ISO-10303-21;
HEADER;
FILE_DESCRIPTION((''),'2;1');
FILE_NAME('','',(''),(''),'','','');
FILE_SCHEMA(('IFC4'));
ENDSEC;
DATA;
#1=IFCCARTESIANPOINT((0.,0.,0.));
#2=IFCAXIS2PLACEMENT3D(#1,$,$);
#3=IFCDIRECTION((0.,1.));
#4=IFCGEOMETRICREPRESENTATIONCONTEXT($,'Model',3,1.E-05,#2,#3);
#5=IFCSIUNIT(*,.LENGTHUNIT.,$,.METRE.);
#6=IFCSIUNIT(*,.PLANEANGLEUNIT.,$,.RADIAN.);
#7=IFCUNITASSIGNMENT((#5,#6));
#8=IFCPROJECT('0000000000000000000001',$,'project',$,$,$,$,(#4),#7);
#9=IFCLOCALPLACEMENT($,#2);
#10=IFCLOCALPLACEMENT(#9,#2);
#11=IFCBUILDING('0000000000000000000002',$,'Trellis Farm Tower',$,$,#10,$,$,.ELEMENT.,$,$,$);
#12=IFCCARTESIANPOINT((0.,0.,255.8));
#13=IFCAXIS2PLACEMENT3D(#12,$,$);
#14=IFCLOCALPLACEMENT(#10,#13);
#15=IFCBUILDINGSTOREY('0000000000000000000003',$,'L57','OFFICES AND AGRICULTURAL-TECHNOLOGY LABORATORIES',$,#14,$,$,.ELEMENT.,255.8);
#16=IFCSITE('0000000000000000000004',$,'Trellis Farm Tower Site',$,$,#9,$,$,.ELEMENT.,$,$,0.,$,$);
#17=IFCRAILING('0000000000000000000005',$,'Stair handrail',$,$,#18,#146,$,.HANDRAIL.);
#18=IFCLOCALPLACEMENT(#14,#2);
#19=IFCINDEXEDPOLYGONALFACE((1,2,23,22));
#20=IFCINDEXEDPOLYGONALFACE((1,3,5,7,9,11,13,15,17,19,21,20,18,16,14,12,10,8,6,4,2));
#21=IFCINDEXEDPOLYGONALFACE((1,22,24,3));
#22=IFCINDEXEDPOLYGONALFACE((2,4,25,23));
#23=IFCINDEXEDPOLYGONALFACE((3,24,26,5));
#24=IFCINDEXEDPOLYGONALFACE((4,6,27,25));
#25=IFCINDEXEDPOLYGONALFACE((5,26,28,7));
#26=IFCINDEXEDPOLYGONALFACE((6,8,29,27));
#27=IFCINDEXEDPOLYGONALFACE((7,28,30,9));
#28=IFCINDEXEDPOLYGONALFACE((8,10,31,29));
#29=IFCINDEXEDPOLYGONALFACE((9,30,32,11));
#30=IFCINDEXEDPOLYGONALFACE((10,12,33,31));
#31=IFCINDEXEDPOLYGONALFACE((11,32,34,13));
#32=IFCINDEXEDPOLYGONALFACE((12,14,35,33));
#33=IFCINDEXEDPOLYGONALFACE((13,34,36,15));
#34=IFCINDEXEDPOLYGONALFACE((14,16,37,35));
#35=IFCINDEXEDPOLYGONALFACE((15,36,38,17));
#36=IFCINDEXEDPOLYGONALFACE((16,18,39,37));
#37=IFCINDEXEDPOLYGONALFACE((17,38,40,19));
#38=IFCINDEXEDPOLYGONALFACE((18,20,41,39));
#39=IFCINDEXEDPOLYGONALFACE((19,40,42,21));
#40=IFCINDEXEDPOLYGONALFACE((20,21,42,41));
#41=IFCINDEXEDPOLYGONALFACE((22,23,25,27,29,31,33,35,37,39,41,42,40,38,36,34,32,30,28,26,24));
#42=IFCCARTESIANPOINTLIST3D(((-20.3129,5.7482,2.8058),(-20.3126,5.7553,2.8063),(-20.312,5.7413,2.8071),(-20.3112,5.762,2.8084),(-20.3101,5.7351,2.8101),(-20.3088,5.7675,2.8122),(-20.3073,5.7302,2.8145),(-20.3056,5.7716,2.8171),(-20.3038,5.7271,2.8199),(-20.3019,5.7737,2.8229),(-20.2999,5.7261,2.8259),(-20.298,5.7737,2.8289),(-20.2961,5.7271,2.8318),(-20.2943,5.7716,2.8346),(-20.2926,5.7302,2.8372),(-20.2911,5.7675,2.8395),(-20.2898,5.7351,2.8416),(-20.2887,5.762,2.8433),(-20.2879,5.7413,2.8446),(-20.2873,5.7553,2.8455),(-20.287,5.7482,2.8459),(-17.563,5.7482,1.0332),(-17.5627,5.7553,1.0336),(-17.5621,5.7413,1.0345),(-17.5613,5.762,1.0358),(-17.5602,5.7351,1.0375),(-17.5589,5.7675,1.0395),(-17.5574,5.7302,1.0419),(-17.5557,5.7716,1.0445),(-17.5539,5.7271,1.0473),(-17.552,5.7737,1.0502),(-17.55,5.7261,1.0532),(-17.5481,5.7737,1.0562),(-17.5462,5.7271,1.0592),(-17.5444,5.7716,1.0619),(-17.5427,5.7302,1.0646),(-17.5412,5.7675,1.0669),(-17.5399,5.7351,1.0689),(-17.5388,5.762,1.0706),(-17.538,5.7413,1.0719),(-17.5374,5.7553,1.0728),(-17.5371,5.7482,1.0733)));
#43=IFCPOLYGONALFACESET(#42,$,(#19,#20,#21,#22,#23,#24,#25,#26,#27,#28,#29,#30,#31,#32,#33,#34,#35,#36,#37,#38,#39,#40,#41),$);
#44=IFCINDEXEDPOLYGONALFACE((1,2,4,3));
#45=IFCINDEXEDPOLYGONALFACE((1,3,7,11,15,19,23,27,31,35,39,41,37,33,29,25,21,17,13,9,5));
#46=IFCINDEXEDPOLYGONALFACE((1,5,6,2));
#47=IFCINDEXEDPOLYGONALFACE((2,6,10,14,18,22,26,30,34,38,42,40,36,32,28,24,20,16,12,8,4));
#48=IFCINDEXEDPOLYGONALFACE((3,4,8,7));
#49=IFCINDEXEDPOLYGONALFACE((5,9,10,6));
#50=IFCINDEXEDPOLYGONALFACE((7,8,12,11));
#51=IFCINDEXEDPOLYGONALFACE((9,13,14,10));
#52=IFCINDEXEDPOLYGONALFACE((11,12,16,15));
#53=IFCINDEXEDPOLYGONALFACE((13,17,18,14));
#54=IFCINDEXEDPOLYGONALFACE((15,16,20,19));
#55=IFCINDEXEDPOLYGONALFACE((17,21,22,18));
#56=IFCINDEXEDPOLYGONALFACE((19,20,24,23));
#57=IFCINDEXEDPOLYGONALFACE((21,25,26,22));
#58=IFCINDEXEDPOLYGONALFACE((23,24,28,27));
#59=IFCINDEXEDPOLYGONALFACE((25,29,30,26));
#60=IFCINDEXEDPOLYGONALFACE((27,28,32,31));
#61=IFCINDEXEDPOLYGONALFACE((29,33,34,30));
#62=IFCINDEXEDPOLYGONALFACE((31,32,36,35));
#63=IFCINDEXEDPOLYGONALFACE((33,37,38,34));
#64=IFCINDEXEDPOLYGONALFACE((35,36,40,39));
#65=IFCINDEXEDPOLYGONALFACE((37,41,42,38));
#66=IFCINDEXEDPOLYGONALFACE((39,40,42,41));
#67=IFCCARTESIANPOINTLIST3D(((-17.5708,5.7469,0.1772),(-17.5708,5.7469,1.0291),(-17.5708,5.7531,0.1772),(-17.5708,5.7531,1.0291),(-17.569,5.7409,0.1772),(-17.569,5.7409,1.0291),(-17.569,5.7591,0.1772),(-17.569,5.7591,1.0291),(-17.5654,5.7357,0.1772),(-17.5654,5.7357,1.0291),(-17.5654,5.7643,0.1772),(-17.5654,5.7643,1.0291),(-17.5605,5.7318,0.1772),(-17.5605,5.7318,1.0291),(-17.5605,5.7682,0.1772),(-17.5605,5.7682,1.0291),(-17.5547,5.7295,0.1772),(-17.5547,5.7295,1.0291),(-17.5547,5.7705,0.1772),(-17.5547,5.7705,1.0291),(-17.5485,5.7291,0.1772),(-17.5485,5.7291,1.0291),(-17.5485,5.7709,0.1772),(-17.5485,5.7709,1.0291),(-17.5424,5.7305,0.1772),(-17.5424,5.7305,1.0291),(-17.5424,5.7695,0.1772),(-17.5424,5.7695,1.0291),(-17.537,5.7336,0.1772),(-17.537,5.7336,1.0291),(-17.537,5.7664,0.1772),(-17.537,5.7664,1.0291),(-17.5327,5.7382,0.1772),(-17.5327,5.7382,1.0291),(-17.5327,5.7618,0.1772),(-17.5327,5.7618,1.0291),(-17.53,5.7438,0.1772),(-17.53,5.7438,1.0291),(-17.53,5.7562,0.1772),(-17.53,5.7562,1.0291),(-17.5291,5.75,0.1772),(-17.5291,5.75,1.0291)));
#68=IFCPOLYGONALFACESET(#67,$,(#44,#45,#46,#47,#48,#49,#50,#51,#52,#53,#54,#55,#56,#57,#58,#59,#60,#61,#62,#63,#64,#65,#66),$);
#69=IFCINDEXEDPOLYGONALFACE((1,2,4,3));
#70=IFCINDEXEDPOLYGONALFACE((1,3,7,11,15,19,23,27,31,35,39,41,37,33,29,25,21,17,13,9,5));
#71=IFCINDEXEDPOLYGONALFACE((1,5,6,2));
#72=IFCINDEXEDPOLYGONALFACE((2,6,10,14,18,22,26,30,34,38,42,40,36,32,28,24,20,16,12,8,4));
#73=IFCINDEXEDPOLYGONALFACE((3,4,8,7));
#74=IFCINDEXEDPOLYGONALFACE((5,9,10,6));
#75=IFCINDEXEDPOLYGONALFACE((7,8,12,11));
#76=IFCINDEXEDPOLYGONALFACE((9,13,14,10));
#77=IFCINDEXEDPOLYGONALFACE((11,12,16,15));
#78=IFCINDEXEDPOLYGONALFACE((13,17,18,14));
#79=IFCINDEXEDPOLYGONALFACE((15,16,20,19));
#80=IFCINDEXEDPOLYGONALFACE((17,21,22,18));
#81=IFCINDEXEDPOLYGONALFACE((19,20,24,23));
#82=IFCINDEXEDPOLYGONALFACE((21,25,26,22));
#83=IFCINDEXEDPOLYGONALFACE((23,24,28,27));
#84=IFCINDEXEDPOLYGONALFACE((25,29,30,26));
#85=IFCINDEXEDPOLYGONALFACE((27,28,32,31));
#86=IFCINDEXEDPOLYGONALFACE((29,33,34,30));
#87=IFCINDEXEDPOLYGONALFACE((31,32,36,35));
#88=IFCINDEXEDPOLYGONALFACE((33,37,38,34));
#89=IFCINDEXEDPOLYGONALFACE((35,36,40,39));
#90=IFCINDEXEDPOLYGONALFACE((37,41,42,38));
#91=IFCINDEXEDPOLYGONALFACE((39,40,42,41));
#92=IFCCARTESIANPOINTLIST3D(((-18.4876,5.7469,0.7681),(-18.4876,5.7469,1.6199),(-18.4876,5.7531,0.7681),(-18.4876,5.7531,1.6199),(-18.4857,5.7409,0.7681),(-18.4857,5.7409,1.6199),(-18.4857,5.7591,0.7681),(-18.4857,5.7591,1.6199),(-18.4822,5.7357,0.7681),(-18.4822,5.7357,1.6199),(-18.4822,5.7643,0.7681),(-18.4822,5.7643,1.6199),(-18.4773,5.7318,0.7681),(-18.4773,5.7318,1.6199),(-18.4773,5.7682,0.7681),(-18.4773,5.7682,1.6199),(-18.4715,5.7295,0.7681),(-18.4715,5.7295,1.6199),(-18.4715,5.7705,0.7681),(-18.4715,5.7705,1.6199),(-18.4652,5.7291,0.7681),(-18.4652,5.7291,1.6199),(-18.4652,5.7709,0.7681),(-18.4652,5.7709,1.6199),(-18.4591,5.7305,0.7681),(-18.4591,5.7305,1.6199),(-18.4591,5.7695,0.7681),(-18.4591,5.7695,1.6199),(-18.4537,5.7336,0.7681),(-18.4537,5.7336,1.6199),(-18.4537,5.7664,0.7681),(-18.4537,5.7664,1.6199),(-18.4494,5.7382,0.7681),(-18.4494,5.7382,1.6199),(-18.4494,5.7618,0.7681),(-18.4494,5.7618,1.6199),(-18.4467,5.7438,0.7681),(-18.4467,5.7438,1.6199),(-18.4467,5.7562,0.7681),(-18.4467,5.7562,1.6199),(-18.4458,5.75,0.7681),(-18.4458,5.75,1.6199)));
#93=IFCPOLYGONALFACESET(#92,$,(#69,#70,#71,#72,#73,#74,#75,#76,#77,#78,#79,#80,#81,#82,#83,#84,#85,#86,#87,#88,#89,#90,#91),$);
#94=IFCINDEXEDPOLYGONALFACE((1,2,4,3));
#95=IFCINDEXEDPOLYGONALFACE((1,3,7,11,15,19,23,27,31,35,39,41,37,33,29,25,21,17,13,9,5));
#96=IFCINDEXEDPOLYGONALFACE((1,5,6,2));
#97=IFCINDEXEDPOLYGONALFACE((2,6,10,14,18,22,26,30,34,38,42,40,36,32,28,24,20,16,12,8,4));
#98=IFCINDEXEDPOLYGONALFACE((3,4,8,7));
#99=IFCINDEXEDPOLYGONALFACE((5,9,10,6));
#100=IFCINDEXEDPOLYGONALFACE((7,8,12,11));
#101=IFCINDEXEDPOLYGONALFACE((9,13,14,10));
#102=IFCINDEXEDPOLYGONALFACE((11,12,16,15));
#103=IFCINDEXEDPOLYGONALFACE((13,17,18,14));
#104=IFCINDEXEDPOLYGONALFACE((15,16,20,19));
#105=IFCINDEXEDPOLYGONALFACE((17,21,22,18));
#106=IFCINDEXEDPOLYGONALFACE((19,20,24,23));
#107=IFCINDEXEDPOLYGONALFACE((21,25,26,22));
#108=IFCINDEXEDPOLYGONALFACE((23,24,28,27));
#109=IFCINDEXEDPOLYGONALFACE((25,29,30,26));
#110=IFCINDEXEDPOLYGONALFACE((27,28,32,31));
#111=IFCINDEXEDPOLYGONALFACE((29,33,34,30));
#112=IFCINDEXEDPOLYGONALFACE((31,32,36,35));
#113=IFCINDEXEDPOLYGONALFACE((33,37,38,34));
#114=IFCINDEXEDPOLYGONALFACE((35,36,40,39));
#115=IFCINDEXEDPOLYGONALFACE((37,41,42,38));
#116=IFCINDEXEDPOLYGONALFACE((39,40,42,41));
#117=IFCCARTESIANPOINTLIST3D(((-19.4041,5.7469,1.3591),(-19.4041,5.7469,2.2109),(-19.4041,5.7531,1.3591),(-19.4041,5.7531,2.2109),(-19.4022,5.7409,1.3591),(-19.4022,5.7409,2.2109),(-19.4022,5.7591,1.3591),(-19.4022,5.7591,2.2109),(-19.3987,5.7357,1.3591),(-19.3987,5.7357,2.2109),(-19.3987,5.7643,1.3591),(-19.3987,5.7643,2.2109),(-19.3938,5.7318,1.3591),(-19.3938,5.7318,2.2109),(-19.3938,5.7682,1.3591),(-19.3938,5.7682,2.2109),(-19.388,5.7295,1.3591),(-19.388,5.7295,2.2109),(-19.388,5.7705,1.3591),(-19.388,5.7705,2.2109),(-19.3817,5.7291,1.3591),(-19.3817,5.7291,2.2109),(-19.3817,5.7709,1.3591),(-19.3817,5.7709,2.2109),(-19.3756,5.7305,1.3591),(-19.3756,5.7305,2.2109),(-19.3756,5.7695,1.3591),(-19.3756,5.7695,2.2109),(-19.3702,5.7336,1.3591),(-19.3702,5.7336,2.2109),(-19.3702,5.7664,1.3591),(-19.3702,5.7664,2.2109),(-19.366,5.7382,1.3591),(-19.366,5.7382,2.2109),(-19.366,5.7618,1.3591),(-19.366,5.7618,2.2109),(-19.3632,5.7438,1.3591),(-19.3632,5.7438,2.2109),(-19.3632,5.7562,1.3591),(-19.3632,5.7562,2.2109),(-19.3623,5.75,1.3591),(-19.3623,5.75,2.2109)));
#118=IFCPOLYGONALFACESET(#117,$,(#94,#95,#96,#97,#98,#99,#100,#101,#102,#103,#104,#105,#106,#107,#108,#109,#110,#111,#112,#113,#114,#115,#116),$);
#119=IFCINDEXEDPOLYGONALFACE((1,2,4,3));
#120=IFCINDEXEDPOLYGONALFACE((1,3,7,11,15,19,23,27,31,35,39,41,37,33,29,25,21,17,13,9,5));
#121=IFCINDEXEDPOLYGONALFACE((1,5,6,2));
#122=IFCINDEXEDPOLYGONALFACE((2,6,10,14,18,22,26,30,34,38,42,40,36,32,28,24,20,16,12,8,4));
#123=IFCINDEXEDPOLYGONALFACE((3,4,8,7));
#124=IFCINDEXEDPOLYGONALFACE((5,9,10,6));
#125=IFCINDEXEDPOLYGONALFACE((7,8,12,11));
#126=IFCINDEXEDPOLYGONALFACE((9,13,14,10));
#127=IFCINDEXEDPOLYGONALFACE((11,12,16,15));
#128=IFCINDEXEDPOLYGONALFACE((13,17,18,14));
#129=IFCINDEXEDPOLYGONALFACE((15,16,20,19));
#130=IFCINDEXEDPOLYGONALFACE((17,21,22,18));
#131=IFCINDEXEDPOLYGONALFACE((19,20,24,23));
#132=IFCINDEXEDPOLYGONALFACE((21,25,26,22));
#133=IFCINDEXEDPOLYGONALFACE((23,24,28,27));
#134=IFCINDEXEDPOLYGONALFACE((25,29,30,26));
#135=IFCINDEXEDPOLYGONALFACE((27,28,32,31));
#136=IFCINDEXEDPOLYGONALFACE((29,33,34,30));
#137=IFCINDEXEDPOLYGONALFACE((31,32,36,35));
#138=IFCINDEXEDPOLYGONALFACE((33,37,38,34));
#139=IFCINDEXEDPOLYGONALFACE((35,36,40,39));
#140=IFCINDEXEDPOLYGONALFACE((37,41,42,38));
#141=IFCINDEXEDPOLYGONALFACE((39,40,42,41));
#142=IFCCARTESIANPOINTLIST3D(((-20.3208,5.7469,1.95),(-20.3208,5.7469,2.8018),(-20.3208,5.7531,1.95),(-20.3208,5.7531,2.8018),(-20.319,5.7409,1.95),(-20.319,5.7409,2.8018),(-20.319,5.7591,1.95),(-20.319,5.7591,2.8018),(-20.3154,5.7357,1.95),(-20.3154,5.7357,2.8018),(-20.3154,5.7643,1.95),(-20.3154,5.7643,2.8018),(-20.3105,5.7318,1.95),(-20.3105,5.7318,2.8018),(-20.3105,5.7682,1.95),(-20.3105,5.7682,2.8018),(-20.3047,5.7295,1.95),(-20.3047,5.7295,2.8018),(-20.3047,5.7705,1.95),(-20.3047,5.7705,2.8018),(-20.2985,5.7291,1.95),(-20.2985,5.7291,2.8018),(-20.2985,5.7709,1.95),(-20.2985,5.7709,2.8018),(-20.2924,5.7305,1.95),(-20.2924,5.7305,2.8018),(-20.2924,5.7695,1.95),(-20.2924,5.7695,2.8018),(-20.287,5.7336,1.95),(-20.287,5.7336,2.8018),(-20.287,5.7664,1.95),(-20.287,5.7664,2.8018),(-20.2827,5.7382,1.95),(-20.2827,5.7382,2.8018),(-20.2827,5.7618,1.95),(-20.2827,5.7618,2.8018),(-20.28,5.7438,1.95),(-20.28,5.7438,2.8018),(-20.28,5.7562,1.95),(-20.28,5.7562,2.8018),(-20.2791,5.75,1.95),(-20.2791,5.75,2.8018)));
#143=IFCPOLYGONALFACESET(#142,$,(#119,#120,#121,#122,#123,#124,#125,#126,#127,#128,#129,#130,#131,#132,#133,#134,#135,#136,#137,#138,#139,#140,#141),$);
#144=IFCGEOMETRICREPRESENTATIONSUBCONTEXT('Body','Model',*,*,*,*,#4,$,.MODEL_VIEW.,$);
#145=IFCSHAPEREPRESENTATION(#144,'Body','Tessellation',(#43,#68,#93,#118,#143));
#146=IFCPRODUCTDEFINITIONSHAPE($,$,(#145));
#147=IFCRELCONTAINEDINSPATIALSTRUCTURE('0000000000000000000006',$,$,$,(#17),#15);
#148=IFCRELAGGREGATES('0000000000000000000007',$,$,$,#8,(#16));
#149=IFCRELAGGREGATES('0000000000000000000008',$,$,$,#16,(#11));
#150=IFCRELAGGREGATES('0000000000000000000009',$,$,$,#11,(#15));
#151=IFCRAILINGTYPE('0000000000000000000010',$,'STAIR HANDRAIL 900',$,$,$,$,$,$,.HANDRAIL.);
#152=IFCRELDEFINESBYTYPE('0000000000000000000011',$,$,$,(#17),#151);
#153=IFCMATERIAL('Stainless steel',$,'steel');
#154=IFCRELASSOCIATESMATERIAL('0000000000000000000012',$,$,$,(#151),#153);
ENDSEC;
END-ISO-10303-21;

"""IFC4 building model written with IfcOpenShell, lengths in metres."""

from ifc_helpers import new_model, si_unit, direction, frame, origin, origin_2d, place, context, subcontext, project, spatial, circle, extrude, source, transform, mapped, material, type_object, element, save


model = new_model("IFC4")

# Units and contexts
model_context = context("Model", 3, precision=1e-05, world=origin(), true_north=direction((0.0, 1.0)))
body_context = subcontext(model_context, "Body", "Model", "MODEL_VIEW")
ifc_project = project(units=[si_unit("LENGTHUNIT", "METRE"), si_unit("PLANEANGLEUNIT", "RADIAN")], contexts=[model_context])

# Site, building, storey
site_placement = place(None, origin())
site = spatial("IfcSite", under=ifc_project, at=site_placement, Name="Trellis Farm Tower Site", CompositionType="ELEMENT", RefElevation=0.0)
building_placement = place(site_placement, origin())
building = spatial("IfcBuilding", under=site, at=building_placement, Name="Trellis Farm Tower", CompositionType="ELEMENT")
storey_placement = place(building_placement, frame((0.0, 0.0, 255.8)))
storey = spatial("IfcBuildingStorey", under=building, at=storey_placement, Name="L57", Description="OFFICES AND AGRICULTURAL-TECHNOLOGY LABORATORIES", CompositionType="ELEMENT", Elevation=255.8)

# Railing
ifc_material_1 = material(Name="Stainless steel", Category="steel")
railing_type = type_object("IfcRailingType", Name="STAIR HANDRAIL 900", PredefinedType="HANDRAIL", material=ifc_material_1)
shared_shape_1 = source(origin(), body_context, "Body", "SweptSolid", [
    extrude(circle(Radius=0.0239, at=origin_2d()), frame((0.0, 0.0, 0.876), z_axis=(-0.840504, 0.0, 0.541806), x_axis=(0.0, -1.0, 0.0)), (0.0, 0.0, 1.0), 3.2717),
    extrude(circle(Radius=0.021, at=origin_2d()), origin(), (0.0, 0.0, 1.0), 0.8518),
    extrude(circle(Radius=0.021, at=origin_2d()), frame((-0.9167, 0.0, 0.5908)), (0.0, 0.0, 1.0), 0.8518),
    extrude(circle(Radius=0.021, at=origin_2d()), frame((-1.8333, 0.0, 1.1819)), (0.0, 0.0, 1.0), 0.8518),
    extrude(circle(Radius=0.021, at=origin_2d()), frame((-2.75, 0.0, 1.7727)), (0.0, 0.0, 1.0), 0.8518),
])
for number, where, name in (
    (1, (-17.55, 5.75, 0.1772), "Stair handrail"),
):
    element("IfcRailing", number, at=place(storey_placement, frame(where)), inside=storey, type_object=railing_type, Name=name, PredefinedType="HANDRAIL", context=body_context, shape_type="MappedRepresentation", body=[
        mapped(shared_shape_1, transform((0.0, 0.0, 0.0))),
    ])

save(model, "model.ifc")
